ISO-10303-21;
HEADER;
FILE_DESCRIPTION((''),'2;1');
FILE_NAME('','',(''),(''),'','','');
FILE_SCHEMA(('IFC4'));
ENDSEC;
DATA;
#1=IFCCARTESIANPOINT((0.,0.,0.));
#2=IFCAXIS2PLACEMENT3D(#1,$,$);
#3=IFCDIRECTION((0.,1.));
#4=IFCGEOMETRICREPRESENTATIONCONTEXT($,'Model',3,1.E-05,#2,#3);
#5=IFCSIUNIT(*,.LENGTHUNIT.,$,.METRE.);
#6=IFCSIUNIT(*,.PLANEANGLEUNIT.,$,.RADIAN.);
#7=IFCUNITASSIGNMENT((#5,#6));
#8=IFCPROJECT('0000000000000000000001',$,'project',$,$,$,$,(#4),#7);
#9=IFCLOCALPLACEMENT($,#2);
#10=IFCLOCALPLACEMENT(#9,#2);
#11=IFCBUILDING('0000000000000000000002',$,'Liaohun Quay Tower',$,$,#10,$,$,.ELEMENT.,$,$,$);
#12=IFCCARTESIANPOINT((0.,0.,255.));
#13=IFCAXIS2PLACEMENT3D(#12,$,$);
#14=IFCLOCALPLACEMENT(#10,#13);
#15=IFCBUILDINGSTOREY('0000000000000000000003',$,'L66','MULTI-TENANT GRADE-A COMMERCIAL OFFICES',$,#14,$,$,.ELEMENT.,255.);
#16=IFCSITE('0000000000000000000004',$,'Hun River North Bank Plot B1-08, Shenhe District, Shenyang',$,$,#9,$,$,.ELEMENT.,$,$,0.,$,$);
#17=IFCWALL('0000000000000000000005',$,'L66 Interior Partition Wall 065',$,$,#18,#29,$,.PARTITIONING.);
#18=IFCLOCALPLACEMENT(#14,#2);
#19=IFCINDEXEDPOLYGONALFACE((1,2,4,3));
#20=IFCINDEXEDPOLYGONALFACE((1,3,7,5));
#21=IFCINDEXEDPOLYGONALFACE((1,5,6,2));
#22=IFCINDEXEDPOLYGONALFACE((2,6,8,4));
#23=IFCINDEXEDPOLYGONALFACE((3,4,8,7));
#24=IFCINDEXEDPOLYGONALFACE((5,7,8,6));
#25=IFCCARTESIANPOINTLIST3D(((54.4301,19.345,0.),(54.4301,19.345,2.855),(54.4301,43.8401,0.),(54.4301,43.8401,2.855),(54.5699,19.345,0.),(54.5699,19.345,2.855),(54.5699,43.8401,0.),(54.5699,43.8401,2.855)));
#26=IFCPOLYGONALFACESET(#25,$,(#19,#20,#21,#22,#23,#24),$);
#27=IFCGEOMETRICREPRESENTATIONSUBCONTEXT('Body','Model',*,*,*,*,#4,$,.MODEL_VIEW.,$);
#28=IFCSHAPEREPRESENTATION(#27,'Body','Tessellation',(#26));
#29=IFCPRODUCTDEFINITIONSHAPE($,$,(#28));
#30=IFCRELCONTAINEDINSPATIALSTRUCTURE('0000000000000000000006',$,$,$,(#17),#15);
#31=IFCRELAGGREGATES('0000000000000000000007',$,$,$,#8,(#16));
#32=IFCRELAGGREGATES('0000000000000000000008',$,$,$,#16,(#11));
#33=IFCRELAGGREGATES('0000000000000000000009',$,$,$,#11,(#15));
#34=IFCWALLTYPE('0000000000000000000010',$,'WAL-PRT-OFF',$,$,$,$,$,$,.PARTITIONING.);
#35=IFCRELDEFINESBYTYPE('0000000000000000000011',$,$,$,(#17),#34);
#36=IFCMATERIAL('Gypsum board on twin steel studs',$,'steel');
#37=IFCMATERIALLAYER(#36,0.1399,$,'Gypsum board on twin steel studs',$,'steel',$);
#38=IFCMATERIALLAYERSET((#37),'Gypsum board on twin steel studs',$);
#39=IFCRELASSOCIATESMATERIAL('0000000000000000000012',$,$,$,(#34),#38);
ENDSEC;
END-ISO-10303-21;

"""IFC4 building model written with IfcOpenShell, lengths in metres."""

from ifc_helpers import new_model, si_unit, direction, frame, frame_2d, origin, place, context, subcontext, project, spatial, rectangle, extrude, material, layer, layer_set, type_object, element, save


model = new_model("IFC4")

# Units and contexts
model_context = context("Model", 3, precision=1e-05, world=origin(), true_north=direction((0.0, 1.0)))
body_context = subcontext(model_context, "Body", "Model", "MODEL_VIEW")
ifc_project = project(units=[si_unit("LENGTHUNIT", "METRE"), si_unit("PLANEANGLEUNIT", "RADIAN")], contexts=[model_context])

# Site, building, storey
site_placement = place(None, origin())
site = spatial("IfcSite", under=ifc_project, at=site_placement, Name="Hun River North Bank Plot B1-08, Shenhe District, Shenyang", CompositionType="ELEMENT", RefElevation=0.0)
building_placement = place(site_placement, origin())
building = spatial("IfcBuilding", under=site, at=building_placement, Name="Liaohun Quay Tower", CompositionType="ELEMENT")
storey_placement = place(building_placement, frame((0.0, 0.0, 255.0)))
storey = spatial("IfcBuildingStorey", under=building, at=storey_placement, Name="L66", Description="MULTI-TENANT GRADE-A COMMERCIAL OFFICES", CompositionType="ELEMENT", Elevation=255.0)

# Wall
ifc_material_1 = material(Name="Gypsum board on twin steel studs", Category="steel")
ifc_layer_1 = layer(ifc_material_1, 0.1399, Name="Gypsum board on twin steel studs", Category="steel")
ifc_layer_set_1 = layer_set([ifc_layer_1], Name="Gypsum board on twin steel studs")
wall_type_1 = type_object("IfcWallType", Name="WAL-PRT-OFF", PredefinedType="PARTITIONING", material=ifc_layer_set_1)
wall_1_placement = place(storey_placement, frame((54.5, 43.8401, 0.0), z_axis=(0.0, 0.0, 1.0), x_axis=(0.0, -1.0, 0.0)))
element("IfcWall", 1, at=wall_1_placement, inside=storey, type_object=wall_type_1, Name="L66 Interior Partition Wall 065", PredefinedType="PARTITIONING", context=body_context, shape_type="SweptSolid", body=[
    extrude(rectangle(XDim=24.4951, YDim=0.1399, at=frame_2d((12.2476, 0.0))), origin(), (0.0, 0.0, 1.0), 2.855),
])

save(model, "model.ifc")
